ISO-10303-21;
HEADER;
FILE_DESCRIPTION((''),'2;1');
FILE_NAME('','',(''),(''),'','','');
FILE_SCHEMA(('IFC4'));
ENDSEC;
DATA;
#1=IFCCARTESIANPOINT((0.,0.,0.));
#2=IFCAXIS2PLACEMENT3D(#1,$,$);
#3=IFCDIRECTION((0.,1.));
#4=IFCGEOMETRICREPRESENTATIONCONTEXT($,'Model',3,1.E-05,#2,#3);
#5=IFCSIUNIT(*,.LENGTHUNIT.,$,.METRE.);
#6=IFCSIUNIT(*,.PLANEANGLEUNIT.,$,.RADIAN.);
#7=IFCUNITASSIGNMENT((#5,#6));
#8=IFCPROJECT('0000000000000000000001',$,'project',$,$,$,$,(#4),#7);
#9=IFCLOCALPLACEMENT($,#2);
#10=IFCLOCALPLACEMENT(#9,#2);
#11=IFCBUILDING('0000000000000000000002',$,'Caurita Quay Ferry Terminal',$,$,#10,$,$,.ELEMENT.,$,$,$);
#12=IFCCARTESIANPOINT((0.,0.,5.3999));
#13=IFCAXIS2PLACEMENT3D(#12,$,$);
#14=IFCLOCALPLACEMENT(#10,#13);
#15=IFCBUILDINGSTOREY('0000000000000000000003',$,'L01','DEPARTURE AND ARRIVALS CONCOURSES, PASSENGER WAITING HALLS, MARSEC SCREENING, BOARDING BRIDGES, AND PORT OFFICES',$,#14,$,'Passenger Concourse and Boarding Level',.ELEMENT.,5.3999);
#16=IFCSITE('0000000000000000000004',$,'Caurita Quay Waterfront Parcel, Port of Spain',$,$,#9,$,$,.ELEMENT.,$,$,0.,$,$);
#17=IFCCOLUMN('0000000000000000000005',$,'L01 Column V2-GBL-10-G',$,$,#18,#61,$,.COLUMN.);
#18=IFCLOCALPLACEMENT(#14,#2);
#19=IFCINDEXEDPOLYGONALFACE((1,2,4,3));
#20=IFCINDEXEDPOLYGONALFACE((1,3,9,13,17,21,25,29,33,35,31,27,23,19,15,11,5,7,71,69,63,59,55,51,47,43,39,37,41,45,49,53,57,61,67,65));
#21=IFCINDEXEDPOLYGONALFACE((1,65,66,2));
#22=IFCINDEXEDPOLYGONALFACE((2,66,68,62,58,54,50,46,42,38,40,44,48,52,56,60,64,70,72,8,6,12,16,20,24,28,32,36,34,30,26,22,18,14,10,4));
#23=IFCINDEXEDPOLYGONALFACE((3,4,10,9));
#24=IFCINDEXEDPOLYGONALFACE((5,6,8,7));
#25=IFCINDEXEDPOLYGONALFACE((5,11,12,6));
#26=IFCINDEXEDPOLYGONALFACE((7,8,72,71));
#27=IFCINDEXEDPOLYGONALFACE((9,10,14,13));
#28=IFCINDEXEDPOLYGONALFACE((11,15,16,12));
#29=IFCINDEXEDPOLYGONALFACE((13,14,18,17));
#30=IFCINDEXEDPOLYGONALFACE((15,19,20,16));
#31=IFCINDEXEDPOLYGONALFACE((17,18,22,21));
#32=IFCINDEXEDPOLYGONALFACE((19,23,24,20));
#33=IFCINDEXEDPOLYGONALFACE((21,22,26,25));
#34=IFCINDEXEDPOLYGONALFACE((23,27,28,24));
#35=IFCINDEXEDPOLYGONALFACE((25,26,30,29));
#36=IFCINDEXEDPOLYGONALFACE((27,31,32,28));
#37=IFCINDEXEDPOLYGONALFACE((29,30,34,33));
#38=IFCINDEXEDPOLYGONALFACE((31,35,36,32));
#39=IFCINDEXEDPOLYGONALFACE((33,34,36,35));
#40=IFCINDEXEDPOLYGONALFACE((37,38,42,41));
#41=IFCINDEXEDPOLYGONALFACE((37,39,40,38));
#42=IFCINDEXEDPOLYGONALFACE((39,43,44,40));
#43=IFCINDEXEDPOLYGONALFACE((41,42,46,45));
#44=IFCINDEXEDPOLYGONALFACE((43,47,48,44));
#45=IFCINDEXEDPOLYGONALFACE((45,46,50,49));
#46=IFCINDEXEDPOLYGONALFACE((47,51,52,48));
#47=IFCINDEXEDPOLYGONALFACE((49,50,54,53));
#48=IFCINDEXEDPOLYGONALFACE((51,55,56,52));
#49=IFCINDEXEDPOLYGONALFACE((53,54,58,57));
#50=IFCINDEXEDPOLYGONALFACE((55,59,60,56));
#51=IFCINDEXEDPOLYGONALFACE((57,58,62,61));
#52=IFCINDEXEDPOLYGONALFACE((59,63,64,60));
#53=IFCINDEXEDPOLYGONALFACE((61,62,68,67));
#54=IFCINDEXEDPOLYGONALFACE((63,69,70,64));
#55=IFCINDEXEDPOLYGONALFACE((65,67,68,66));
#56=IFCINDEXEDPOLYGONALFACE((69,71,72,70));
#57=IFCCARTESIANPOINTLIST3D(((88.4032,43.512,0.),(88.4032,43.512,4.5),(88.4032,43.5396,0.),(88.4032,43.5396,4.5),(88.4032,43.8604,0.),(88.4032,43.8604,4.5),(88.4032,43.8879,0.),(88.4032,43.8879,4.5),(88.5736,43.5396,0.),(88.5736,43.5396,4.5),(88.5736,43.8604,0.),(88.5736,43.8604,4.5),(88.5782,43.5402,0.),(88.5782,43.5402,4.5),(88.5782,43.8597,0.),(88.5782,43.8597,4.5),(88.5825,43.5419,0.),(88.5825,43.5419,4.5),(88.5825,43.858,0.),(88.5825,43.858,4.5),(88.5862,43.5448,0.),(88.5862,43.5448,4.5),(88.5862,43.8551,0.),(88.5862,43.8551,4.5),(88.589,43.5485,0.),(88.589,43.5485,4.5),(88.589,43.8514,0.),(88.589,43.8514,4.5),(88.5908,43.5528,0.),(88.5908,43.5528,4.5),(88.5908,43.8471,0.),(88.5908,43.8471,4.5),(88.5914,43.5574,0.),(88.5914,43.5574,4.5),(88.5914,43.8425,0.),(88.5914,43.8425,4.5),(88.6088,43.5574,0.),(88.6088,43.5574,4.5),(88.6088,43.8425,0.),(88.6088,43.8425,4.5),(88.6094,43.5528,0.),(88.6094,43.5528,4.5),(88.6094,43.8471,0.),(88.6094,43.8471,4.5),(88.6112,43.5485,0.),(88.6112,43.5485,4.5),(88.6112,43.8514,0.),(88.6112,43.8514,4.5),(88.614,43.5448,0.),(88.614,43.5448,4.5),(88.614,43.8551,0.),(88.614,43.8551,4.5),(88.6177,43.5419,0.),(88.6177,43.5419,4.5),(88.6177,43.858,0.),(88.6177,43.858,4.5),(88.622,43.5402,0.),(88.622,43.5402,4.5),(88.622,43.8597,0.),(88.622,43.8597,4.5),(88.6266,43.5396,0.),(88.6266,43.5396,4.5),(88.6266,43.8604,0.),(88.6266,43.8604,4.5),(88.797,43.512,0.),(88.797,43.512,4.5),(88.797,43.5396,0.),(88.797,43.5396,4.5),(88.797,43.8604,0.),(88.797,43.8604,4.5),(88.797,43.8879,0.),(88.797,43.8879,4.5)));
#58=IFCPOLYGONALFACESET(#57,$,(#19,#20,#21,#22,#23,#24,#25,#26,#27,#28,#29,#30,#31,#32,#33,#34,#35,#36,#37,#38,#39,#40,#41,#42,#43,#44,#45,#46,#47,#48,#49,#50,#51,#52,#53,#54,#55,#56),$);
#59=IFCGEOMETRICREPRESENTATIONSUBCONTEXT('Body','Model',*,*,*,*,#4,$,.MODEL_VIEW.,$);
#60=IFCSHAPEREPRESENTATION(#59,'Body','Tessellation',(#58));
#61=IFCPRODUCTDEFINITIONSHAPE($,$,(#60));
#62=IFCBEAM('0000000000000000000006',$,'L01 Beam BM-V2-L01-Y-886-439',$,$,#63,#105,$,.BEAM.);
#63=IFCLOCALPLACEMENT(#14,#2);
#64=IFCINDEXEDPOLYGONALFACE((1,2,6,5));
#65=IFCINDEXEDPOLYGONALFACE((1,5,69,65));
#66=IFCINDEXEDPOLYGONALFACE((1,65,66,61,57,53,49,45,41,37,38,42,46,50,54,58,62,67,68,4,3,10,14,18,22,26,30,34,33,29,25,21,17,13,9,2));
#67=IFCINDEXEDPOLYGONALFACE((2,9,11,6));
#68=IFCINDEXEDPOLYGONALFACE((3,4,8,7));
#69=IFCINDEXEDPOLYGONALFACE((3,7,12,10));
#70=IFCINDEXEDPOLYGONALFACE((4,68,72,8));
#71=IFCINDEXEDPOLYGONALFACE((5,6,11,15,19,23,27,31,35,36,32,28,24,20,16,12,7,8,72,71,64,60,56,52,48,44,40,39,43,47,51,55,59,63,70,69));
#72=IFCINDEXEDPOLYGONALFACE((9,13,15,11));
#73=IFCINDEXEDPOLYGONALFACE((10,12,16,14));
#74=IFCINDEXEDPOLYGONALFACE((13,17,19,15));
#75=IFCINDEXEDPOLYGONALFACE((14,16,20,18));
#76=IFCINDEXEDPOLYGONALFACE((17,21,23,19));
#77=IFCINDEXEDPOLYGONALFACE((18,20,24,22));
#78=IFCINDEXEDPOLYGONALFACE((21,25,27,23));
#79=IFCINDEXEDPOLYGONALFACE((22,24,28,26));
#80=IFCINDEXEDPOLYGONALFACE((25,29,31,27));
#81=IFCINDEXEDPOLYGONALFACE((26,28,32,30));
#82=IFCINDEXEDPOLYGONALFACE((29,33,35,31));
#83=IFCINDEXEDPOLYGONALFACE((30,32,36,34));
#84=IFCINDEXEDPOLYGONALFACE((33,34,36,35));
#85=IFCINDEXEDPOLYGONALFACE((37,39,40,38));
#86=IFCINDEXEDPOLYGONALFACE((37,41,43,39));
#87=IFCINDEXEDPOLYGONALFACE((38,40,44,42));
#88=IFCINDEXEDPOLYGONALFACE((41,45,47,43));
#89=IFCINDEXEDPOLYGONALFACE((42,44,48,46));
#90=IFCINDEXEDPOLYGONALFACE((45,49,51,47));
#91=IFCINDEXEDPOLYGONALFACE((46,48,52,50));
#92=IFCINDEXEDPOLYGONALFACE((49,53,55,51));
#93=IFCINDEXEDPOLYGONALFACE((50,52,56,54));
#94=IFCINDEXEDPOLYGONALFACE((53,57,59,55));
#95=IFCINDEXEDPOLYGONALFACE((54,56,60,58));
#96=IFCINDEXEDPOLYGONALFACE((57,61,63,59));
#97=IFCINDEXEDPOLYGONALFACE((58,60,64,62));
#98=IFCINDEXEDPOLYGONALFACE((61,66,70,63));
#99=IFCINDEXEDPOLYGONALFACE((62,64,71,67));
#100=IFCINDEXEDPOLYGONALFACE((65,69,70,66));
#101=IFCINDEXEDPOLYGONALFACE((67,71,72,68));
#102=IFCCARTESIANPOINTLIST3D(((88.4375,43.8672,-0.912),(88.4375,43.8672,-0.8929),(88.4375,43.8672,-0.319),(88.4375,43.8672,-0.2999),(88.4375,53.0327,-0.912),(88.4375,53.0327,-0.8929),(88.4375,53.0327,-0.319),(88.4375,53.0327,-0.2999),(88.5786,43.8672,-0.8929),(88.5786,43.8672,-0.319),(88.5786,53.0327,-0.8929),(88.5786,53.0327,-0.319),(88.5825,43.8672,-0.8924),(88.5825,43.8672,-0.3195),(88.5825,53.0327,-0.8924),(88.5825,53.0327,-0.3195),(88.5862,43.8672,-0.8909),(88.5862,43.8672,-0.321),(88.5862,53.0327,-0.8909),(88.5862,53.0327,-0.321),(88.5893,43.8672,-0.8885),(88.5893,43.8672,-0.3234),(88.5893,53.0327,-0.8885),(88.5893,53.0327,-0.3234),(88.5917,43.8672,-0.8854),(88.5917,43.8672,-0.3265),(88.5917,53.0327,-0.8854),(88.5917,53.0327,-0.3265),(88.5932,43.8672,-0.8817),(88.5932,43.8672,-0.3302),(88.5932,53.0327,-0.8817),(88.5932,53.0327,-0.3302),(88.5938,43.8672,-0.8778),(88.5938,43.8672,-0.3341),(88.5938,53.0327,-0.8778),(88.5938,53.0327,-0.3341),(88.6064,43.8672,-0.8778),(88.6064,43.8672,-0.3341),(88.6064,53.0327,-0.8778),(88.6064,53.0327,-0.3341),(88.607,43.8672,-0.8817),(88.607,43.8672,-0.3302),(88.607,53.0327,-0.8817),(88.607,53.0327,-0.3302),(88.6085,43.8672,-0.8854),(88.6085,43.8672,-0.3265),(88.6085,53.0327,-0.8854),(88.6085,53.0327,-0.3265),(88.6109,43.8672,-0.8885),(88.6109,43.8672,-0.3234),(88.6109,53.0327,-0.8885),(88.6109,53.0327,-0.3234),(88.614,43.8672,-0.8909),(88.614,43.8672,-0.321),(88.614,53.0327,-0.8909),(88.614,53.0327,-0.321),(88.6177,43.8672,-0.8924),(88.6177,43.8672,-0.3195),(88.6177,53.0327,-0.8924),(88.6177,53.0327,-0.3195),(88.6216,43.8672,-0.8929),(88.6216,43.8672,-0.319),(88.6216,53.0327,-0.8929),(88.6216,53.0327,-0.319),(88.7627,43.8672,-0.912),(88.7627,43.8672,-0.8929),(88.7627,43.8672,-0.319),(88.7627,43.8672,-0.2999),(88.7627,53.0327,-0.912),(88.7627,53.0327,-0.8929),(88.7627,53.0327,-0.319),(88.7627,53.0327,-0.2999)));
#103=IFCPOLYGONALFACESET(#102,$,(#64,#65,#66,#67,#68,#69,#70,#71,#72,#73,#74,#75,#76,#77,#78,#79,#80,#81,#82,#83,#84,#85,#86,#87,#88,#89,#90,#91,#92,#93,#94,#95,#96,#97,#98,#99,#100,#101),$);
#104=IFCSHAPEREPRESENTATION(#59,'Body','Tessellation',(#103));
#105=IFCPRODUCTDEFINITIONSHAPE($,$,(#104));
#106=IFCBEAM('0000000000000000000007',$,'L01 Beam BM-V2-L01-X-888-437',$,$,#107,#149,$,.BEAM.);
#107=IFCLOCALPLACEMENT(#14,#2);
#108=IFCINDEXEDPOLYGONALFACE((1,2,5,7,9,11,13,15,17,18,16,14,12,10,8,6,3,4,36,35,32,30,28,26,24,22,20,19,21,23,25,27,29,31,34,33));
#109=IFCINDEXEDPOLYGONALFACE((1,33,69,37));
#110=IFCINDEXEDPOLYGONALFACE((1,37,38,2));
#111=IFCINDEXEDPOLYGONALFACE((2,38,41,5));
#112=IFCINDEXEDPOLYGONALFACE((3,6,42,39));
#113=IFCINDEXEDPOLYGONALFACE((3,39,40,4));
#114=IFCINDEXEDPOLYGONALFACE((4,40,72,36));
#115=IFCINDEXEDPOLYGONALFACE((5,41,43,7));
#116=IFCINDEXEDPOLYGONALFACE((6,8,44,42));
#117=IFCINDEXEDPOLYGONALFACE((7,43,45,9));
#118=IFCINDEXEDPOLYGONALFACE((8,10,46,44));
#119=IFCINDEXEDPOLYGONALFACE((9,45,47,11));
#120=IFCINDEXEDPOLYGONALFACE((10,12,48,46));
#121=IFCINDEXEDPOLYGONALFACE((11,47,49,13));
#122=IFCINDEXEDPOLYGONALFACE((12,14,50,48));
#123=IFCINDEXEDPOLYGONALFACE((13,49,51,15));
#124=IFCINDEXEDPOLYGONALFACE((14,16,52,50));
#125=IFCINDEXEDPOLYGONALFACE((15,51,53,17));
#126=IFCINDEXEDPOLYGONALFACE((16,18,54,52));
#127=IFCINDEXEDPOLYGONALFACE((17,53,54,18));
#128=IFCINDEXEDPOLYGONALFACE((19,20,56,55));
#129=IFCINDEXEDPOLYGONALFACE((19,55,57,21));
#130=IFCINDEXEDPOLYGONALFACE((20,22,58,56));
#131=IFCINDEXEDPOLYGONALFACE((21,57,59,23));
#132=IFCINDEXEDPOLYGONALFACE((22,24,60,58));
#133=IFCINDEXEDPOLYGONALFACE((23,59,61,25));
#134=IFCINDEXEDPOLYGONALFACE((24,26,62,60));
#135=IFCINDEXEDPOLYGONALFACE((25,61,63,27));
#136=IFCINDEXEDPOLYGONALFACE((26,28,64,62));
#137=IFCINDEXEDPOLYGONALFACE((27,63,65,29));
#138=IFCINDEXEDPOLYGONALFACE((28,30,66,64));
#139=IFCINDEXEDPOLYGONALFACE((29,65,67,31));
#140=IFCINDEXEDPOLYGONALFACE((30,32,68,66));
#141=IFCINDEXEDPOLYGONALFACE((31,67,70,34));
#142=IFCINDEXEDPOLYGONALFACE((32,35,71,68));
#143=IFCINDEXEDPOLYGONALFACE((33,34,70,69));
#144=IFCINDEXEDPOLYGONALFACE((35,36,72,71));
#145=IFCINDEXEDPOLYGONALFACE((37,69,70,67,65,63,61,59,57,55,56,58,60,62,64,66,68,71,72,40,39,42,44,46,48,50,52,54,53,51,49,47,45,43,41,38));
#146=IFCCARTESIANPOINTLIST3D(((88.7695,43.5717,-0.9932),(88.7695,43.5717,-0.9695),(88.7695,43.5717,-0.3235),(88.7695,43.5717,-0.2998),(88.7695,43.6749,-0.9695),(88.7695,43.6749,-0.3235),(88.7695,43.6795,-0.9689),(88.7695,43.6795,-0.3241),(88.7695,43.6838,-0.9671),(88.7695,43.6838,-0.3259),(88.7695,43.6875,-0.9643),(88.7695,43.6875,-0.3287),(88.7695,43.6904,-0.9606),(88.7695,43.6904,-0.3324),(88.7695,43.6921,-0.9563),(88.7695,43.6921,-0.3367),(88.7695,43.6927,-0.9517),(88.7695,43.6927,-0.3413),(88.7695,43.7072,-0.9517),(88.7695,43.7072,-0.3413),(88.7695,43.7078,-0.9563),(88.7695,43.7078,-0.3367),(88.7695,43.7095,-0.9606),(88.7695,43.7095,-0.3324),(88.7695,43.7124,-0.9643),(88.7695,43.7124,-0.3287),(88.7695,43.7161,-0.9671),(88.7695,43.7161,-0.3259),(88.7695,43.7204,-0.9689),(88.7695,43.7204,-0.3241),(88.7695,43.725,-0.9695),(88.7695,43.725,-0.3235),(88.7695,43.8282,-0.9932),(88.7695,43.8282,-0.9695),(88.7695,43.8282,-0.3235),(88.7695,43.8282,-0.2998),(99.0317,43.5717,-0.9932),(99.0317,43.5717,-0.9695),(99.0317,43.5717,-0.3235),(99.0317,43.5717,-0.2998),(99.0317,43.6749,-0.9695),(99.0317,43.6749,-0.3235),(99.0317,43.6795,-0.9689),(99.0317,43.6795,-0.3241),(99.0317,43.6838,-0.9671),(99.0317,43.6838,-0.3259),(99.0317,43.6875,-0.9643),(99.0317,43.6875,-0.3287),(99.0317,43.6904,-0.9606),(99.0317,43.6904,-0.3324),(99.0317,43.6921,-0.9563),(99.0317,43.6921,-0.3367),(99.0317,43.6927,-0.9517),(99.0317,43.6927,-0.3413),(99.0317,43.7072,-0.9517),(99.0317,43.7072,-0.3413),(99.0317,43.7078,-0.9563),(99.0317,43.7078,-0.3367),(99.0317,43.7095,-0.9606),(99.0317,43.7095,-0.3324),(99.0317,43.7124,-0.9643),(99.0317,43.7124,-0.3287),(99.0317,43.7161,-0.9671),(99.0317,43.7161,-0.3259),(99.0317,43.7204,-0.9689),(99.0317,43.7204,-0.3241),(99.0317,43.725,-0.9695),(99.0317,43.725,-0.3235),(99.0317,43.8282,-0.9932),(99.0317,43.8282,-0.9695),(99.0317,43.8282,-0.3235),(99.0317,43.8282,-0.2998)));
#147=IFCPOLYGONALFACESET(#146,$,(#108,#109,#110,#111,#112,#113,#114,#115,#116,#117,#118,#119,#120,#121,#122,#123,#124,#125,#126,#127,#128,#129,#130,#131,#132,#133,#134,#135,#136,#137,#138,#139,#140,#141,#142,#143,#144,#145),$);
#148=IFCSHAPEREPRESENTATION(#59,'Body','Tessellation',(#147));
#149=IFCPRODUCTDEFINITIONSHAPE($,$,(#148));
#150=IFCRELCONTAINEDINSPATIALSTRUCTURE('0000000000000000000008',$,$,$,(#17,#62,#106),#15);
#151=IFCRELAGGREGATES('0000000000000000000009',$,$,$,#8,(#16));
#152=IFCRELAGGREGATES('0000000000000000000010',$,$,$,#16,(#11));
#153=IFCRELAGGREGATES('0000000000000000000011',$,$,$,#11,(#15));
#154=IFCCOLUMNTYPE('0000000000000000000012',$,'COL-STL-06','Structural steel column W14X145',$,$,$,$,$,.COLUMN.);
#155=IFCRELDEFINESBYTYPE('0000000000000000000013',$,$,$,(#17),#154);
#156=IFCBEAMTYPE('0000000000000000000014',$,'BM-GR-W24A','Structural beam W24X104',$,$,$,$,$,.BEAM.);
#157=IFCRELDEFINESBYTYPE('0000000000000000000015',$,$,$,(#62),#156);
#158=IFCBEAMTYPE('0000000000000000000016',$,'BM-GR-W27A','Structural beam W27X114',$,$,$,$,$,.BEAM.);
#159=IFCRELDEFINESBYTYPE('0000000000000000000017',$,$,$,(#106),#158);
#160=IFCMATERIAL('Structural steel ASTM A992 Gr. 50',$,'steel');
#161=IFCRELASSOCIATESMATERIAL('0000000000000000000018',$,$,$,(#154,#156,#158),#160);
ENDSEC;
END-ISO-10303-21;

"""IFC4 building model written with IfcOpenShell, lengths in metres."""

from ifc_helpers import new_model, si_unit, direction, frame, origin, origin_2d, place, context, subcontext, project, spatial, i_section, extrude, material, material_profile, profile_set, type_object, element, save


model = new_model("IFC4")

# Units and contexts
model_context = context("Model", 3, precision=1e-05, world=origin(), true_north=direction((0.0, 1.0)))
body_context = subcontext(model_context, "Body", "Model", "MODEL_VIEW")
ifc_project = project(units=[si_unit("LENGTHUNIT", "METRE"), si_unit("PLANEANGLEUNIT", "RADIAN")], contexts=[model_context])

# Site, building, storey
site_placement = place(None, origin())
site = spatial("IfcSite", under=ifc_project, at=site_placement, Name="Caurita Quay Waterfront Parcel, Port of Spain", CompositionType="ELEMENT", RefElevation=0.0)
building_placement = place(site_placement, origin())
building = spatial("IfcBuilding", under=site, at=building_placement, Name="Caurita Quay Ferry Terminal", CompositionType="ELEMENT")
storey_placement = place(building_placement, frame((0.0, 0.0, 5.3999)))
storey = spatial("IfcBuildingStorey", under=building, at=storey_placement, Name="L01", Description="DEPARTURE AND ARRIVALS CONCOURSES, PASSENGER WAITING HALLS, MARSEC SCREENING, BOARDING BRIDGES, AND PORT OFFICES", LongName="Passenger Concourse and Boarding Level", CompositionType="ELEMENT", Elevation=5.3999)

# Column
ifc_material_1 = material(Name="Structural steel ASTM A992 Gr. 50", Category="steel")
ifc_material_profile_1 = material_profile(ifc_material_1, i_section(OverallWidth=0.3938, OverallDepth=0.376, WebThickness=0.0173, FlangeThickness=0.0276, FilletRadius=0.0178, at=origin_2d()), Name="W14X145")
ifc_profile_set_1 = profile_set([ifc_material_profile_1], Name="Structural steel ASTM A992 Gr. 50")
column_type = type_object("IfcColumnType", Name="COL-STL-06", Description="Structural steel column W14X145", PredefinedType="COLUMN", material=ifc_profile_set_1)
column_placement = place(storey_placement, frame((88.6001, 43.7, 0.0), z_axis=(0.0, 0.0, 1.0), x_axis=(1.0, 0.0, 0.0)))
element("IfcColumn", 1, at=column_placement, inside=storey, type_object=column_type, Name="L01 Column V2-GBL-10-G", PredefinedType="COLUMN", context=body_context, shape_type="SweptSolid", body=[
    extrude(i_section(OverallWidth=0.3938, OverallDepth=0.376, WebThickness=0.0173, FlangeThickness=0.0276, FilletRadius=0.0178, at=origin_2d()), origin(), (0.0, 0.0, 1.0), 4.5),
])

# Beams
ifc_material_profile_2 = material_profile(ifc_material_1, i_section(OverallWidth=0.3252, OverallDepth=0.6121, WebThickness=0.0127, FlangeThickness=0.019, FilletRadius=0.0151, at=origin_2d()), Name="W24X104")
ifc_profile_set_2 = profile_set([ifc_material_profile_2], Name="Structural steel ASTM A992 Gr. 50")
beam_type_1 = type_object("IfcBeamType", Name="BM-GR-W24A", Description="Structural beam W24X104", PredefinedType="BEAM", material=ifc_profile_set_2)
beam_1_placement = place(storey_placement, frame((88.6001, 43.8672, -0.606), z_axis=(0.0, 1.0, 0.0), x_axis=(-1.0, 0.0, 0.0)))
element("IfcBeam", 2, at=beam_1_placement, inside=storey, type_object=beam_type_1, Name="L01 Beam BM-V2-L01-Y-886-439", PredefinedType="BEAM", context=body_context, shape_type="SweptSolid", body=[
    extrude(i_section(OverallWidth=0.3252, OverallDepth=0.6121, WebThickness=0.0127, FlangeThickness=0.019, FilletRadius=0.0151, at=origin_2d()), origin(), (0.0, 0.0, 1.0), 9.1655),
])
ifc_material_profile_3 = material_profile(ifc_material_1, i_section(OverallWidth=0.2566, OverallDepth=0.6934, WebThickness=0.0144, FlangeThickness=0.0237, FilletRadius=0.0178, at=origin_2d()), Name="W27X114")
ifc_profile_set_3 = profile_set([ifc_material_profile_3], Name="Structural steel ASTM A992 Gr. 50")
beam_type_2 = type_object("IfcBeamType", Name="BM-GR-W27A", Description="Structural beam W27X114", PredefinedType="BEAM", material=ifc_profile_set_3)
beam_2_placement = place(storey_placement, frame((88.7695, 43.7, -0.6465), z_axis=(1.0, 0.0, 0.0), x_axis=(0.0, 1.0, 0.0)))
element("IfcBeam", 3, at=beam_2_placement, inside=storey, type_object=beam_type_2, Name="L01 Beam BM-V2-L01-X-888-437", PredefinedType="BEAM", context=body_context, shape_type="SweptSolid", body=[
    extrude(i_section(OverallWidth=0.2566, OverallDepth=0.6934, WebThickness=0.0144, FlangeThickness=0.0237, FilletRadius=0.0178, at=origin_2d()), origin(), (0.0, 0.0, 1.0), 10.2622),
])

save(model, "model.ifc")
